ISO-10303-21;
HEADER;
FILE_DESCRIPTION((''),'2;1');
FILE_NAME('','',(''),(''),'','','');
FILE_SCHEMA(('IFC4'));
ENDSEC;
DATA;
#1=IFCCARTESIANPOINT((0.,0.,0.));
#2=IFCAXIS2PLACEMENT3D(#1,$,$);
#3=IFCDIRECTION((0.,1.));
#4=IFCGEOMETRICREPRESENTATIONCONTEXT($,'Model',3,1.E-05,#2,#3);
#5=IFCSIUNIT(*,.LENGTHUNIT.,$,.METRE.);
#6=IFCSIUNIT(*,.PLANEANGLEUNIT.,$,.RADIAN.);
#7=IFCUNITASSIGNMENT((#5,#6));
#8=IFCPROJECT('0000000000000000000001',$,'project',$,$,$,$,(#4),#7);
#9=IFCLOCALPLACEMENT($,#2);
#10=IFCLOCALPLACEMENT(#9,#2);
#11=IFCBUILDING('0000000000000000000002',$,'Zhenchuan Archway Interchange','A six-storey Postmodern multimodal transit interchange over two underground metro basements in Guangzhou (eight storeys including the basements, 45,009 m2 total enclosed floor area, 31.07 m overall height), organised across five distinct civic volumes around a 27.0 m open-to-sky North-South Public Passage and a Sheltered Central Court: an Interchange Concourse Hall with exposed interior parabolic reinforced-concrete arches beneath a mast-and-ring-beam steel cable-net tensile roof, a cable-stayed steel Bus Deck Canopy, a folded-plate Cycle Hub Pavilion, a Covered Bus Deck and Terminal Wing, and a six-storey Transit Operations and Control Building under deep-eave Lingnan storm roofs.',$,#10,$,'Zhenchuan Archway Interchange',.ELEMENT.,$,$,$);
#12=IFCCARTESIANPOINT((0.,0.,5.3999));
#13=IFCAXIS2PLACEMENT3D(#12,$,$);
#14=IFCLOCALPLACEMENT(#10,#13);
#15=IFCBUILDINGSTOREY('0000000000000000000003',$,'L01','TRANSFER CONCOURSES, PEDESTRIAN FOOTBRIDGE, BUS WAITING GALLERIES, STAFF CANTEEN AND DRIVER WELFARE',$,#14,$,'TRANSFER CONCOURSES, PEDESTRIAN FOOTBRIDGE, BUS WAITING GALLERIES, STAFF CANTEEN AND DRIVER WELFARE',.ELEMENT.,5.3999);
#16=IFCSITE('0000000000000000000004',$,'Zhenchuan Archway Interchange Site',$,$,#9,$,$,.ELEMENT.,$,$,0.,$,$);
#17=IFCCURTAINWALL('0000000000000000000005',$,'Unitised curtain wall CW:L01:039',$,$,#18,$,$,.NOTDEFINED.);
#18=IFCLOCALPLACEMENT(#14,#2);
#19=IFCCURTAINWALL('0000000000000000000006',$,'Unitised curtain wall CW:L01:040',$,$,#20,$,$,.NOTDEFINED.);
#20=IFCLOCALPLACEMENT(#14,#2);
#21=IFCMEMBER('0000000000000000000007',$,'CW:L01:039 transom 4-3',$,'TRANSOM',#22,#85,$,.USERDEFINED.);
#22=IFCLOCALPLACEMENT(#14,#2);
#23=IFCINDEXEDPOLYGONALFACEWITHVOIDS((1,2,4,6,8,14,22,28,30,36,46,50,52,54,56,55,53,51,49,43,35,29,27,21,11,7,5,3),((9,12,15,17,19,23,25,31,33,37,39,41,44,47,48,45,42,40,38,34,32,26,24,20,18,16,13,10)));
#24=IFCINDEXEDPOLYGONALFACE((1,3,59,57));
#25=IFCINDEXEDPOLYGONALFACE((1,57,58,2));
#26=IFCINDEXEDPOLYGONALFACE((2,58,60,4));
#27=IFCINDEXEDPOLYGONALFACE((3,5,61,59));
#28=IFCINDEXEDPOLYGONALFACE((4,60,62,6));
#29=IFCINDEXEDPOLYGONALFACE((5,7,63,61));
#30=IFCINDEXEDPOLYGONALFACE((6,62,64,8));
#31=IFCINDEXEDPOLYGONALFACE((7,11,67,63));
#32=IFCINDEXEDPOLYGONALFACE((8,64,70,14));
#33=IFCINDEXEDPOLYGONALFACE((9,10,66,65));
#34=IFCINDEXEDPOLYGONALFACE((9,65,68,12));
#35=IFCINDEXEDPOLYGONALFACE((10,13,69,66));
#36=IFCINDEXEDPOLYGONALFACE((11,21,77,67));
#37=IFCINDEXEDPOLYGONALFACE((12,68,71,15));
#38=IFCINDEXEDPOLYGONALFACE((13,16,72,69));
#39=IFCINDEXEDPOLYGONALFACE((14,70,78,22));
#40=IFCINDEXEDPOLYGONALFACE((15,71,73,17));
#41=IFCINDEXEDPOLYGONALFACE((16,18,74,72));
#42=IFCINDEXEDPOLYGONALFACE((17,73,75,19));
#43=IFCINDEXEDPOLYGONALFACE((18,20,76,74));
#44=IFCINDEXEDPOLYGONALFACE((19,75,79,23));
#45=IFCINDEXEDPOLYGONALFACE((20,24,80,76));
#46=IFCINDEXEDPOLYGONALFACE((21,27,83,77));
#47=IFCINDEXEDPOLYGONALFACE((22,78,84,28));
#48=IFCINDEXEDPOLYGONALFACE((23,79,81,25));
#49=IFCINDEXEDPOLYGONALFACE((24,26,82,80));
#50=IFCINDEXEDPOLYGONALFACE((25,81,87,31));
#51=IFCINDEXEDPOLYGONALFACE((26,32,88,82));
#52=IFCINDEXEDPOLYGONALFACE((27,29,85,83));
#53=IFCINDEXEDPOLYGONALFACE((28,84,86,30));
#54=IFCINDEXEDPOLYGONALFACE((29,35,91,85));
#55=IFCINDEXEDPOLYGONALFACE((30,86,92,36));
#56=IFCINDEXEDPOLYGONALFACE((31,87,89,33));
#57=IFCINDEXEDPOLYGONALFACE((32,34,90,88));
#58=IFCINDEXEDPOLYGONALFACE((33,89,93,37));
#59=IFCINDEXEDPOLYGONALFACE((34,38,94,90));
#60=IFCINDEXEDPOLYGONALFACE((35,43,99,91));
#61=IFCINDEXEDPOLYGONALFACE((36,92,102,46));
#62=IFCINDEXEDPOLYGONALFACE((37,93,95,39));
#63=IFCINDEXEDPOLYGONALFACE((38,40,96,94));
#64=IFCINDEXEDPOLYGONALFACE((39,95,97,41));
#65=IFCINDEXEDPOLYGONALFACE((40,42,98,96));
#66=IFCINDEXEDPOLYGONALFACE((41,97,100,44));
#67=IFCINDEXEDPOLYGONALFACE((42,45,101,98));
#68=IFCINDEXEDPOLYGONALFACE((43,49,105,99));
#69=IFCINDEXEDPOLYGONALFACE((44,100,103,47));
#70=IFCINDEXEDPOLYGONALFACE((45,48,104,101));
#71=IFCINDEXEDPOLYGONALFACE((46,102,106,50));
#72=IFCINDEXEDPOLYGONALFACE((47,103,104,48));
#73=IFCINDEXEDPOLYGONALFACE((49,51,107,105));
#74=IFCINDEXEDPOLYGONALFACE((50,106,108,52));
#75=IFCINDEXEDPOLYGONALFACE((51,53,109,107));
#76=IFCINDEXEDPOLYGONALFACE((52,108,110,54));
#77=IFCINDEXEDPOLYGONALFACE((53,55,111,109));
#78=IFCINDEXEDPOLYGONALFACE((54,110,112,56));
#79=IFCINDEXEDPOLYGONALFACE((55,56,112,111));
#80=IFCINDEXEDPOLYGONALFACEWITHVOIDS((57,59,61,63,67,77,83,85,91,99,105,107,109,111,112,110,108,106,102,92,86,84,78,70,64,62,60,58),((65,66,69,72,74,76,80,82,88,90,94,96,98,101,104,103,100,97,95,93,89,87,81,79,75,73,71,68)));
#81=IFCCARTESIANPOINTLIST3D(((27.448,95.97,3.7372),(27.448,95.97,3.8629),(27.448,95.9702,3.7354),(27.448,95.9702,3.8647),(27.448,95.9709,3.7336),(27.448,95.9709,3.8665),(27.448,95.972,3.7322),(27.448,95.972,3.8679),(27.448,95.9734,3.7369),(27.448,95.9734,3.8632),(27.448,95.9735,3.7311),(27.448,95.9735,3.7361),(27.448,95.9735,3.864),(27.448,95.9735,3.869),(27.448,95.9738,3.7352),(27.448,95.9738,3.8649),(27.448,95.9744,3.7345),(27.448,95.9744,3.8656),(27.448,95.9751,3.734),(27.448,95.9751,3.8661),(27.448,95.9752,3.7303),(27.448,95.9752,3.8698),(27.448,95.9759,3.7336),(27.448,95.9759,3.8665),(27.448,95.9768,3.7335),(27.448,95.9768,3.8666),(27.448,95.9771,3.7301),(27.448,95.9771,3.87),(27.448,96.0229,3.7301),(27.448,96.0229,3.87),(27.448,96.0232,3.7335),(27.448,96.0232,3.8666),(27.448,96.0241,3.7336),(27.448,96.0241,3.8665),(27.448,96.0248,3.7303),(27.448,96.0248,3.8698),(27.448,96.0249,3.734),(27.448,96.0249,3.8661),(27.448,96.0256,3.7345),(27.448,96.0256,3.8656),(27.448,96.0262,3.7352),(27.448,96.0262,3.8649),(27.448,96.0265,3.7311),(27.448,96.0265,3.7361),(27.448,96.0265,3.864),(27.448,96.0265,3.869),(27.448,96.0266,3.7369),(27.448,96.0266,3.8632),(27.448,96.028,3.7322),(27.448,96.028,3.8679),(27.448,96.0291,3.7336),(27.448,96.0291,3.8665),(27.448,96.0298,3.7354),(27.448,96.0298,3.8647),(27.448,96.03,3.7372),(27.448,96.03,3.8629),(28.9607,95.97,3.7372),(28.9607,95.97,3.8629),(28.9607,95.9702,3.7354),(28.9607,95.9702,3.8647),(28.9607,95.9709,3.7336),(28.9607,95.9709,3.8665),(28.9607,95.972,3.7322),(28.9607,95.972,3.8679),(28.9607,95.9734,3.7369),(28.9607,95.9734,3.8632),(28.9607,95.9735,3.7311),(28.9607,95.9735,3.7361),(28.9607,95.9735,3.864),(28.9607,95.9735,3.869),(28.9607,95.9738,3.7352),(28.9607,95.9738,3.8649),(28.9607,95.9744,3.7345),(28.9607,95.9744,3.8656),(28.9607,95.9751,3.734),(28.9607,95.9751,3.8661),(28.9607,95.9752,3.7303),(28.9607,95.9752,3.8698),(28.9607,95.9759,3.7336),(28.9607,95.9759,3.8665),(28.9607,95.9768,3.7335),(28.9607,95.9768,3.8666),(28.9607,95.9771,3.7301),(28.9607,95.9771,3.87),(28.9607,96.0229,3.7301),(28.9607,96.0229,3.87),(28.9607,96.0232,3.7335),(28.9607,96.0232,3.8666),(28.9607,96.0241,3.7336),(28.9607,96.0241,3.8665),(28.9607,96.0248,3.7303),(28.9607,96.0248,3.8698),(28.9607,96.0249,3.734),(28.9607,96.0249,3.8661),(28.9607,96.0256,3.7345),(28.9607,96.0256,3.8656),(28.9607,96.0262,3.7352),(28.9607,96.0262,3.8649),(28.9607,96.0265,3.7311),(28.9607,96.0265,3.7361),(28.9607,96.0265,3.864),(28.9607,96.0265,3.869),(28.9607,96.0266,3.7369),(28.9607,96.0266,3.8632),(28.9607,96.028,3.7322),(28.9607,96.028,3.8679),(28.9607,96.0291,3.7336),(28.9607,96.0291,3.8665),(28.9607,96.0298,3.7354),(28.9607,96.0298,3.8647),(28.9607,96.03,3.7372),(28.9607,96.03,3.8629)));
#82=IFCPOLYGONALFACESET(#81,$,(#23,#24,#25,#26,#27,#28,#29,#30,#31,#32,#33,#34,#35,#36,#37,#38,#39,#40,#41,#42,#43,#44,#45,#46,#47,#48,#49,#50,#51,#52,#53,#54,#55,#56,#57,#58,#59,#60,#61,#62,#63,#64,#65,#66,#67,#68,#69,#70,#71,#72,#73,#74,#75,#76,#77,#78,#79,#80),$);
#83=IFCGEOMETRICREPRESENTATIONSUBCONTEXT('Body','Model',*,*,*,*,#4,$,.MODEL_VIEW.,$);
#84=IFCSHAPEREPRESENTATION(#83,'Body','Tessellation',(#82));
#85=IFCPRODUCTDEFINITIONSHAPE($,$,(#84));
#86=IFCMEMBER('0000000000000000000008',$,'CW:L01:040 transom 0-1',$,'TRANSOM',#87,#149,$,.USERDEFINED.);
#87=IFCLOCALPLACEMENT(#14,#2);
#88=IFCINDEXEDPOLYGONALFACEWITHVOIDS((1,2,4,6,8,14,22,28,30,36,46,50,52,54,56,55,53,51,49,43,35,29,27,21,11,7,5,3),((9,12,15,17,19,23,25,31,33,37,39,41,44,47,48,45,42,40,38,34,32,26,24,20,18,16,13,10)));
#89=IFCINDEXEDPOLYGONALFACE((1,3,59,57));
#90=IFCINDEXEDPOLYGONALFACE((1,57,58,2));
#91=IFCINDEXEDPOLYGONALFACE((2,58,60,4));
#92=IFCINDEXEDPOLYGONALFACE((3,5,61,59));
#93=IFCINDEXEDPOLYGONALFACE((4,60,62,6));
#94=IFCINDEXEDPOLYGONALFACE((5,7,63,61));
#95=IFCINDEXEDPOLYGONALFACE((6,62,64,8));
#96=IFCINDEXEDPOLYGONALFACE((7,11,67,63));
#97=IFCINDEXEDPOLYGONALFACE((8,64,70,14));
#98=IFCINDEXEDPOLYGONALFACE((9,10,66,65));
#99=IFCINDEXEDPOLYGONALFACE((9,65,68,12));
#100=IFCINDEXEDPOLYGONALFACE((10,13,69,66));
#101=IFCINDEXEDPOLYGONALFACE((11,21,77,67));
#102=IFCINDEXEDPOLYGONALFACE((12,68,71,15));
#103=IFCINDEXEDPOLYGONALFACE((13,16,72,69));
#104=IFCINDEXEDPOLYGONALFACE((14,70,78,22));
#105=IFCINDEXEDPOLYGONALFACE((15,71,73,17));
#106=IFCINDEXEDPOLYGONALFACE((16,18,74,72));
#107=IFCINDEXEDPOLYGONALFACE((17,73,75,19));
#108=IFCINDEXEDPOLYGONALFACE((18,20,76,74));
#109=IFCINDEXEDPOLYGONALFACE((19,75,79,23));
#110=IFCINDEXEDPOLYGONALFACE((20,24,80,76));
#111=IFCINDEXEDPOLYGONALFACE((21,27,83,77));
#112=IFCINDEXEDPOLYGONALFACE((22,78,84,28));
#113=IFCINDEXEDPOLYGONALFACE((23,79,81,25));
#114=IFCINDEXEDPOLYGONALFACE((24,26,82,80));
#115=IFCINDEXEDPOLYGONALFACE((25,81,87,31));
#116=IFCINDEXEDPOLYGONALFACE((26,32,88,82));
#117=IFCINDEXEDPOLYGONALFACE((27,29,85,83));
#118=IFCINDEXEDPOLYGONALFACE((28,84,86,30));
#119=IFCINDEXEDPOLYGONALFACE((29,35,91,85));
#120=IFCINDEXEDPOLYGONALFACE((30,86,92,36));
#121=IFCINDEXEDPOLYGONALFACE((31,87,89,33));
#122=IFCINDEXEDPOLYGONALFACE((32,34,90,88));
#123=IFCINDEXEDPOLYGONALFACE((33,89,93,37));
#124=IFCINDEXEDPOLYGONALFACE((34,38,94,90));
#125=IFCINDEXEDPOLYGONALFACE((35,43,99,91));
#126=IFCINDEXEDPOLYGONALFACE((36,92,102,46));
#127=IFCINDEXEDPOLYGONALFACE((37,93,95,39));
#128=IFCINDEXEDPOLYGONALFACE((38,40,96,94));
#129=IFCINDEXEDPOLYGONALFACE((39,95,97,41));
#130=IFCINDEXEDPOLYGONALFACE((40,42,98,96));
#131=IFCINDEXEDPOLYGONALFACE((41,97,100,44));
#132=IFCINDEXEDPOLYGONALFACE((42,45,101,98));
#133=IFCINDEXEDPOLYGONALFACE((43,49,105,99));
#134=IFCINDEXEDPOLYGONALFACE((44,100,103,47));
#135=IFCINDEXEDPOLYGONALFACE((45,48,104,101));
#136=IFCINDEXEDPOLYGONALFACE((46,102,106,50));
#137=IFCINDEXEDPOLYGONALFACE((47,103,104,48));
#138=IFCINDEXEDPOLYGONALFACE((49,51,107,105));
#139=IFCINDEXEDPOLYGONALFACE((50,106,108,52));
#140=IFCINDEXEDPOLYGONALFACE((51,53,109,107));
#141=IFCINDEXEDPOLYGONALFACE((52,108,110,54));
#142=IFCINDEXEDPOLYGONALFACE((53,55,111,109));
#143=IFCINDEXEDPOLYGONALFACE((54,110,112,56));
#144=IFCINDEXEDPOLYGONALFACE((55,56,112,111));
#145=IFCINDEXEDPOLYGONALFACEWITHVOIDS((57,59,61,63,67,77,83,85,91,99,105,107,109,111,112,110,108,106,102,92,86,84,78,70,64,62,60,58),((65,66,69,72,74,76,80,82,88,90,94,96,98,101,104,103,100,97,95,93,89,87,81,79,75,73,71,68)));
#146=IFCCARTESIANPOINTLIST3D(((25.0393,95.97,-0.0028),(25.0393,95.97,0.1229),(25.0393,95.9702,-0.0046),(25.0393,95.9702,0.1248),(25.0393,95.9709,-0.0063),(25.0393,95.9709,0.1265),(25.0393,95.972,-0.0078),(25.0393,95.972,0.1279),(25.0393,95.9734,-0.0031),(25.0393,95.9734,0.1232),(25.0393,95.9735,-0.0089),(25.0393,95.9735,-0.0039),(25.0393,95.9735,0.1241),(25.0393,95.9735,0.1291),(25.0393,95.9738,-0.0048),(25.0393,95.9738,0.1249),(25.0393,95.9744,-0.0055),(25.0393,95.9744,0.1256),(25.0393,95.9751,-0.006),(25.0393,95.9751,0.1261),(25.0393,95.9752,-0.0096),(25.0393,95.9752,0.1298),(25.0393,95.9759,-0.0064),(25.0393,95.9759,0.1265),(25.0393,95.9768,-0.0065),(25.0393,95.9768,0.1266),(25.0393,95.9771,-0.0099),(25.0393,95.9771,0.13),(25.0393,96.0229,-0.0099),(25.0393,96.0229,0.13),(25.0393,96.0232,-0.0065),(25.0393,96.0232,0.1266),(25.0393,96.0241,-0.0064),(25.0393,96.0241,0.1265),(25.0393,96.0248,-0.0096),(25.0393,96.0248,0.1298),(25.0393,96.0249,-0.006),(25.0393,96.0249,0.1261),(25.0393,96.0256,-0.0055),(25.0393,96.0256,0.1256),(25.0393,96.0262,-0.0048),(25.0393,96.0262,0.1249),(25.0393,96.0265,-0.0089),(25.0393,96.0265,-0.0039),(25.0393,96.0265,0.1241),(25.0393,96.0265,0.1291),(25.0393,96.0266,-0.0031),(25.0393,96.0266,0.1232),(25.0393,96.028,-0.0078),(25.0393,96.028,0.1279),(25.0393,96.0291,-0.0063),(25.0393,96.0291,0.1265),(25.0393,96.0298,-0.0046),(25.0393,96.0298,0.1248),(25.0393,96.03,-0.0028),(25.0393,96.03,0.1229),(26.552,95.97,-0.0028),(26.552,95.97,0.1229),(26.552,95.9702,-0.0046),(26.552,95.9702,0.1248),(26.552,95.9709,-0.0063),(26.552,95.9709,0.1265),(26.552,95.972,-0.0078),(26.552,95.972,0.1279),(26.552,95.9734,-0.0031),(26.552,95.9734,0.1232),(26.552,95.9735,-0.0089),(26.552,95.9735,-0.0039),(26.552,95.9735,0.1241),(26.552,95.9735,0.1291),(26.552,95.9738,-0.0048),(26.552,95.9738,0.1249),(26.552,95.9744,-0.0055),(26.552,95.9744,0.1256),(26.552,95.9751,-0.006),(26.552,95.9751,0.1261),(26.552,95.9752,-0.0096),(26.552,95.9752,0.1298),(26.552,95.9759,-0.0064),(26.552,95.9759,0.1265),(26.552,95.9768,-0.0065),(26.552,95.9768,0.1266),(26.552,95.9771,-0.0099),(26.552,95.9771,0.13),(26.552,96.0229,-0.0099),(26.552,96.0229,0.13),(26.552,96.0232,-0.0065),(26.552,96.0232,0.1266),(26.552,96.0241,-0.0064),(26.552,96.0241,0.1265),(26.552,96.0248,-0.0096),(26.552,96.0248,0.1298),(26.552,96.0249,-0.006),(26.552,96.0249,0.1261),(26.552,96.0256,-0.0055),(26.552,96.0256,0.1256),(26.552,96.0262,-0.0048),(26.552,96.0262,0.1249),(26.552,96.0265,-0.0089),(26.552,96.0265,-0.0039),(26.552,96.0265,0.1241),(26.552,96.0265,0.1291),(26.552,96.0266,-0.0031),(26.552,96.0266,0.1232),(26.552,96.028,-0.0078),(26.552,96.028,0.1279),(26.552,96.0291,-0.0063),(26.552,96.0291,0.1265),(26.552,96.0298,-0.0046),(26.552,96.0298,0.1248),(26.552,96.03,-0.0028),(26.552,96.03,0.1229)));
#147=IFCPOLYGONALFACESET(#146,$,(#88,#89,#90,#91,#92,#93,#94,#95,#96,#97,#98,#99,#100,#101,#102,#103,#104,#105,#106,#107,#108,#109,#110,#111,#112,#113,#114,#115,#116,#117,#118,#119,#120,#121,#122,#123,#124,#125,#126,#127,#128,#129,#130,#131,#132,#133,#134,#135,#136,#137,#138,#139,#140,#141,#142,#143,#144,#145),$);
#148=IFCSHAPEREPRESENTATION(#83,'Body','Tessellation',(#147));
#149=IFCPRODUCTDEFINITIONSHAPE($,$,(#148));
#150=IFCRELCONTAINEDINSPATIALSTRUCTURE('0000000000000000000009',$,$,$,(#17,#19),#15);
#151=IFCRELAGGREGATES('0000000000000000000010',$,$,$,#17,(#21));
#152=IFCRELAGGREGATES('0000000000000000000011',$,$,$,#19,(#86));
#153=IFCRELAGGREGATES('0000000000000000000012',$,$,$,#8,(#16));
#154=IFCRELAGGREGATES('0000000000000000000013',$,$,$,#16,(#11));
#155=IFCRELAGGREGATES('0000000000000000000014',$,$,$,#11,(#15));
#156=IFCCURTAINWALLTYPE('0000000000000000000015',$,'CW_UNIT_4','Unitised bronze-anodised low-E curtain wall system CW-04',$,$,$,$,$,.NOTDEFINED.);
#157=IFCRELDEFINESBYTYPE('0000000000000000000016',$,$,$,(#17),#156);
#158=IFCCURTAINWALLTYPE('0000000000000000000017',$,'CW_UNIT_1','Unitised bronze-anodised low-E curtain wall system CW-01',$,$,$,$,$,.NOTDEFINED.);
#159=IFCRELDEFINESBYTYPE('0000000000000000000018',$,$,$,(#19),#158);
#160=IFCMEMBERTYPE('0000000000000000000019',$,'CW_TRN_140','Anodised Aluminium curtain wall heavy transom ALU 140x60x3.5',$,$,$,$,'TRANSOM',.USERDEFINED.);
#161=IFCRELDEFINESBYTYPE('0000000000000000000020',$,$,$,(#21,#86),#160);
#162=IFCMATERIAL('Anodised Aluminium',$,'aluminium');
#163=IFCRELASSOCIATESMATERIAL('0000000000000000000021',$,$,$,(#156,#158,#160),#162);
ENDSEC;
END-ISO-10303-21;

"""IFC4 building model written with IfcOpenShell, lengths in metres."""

from ifc_helpers import new_model, si_unit, direction, frame, origin, origin_2d, place, context, subcontext, project, spatial, hollow_rectangle, extrude, material, material_profile, profile_set, type_object, element, aggregate, save


model = new_model("IFC4")

# Units and contexts
model_context = context("Model", 3, precision=1e-05, world=origin(), true_north=direction((0.0, 1.0)))
body_context = subcontext(model_context, "Body", "Model", "MODEL_VIEW")
ifc_project = project(units=[si_unit("LENGTHUNIT", "METRE"), si_unit("PLANEANGLEUNIT", "RADIAN")], contexts=[model_context])

# Site, building, storey
site_placement = place(None, origin())
site = spatial("IfcSite", under=ifc_project, at=site_placement, Name="Zhenchuan Archway Interchange Site", CompositionType="ELEMENT", RefElevation=0.0)
building_placement = place(site_placement, origin())
building = spatial("IfcBuilding", under=site, at=building_placement, Name="Zhenchuan Archway Interchange", Description="A six-storey Postmodern multimodal transit interchange over two underground metro basements in Guangzhou (eight storeys including the basements, 45,009 m2 total enclosed floor area, 31.07 m overall height), organised across five distinct civic volumes around a 27.0 m open-to-sky North-South Public Passage and a Sheltered Central Court: an Interchange Concourse Hall with exposed interior parabolic reinforced-concrete arches beneath a mast-and-ring-beam steel cable-net tensile roof, a cable-stayed steel Bus Deck Canopy, a folded-plate Cycle Hub Pavilion, a Covered Bus Deck and Terminal Wing, and a six-storey Transit Operations and Control Building under deep-eave Lingnan storm roofs.", LongName="Zhenchuan Archway Interchange", CompositionType="ELEMENT")
storey_placement = place(building_placement, frame((0.0, 0.0, 5.3999)))
storey = spatial("IfcBuildingStorey", under=building, at=storey_placement, Name="L01", Description="TRANSFER CONCOURSES, PEDESTRIAN FOOTBRIDGE, BUS WAITING GALLERIES, STAFF CANTEEN AND DRIVER WELFARE", LongName="TRANSFER CONCOURSES, PEDESTRIAN FOOTBRIDGE, BUS WAITING GALLERIES, STAFF CANTEEN AND DRIVER WELFARE", CompositionType="ELEMENT", Elevation=5.3999)

# Curtain walls
ifc_material_1 = material(Name="Anodised Aluminium", Category="aluminium")
curtain_wall_type_1 = type_object("IfcCurtainWallType", Name="CW_UNIT_4", Description="Unitised bronze-anodised low-E curtain wall system CW-04", PredefinedType="NOTDEFINED", material=ifc_material_1)
curtain_wall_1_placement = place(storey_placement, origin())
curtain_wall_1 = element("IfcCurtainWall", 1, at=curtain_wall_1_placement, inside=storey, type_object=curtain_wall_type_1, Name="Unitised curtain wall CW:L01:039", PredefinedType="NOTDEFINED")
curtain_wall_type_2 = type_object("IfcCurtainWallType", Name="CW_UNIT_1", Description="Unitised bronze-anodised low-E curtain wall system CW-01", PredefinedType="NOTDEFINED", material=ifc_material_1)
curtain_wall_2_placement = place(storey_placement, origin())
curtain_wall_2 = element("IfcCurtainWall", 2, at=curtain_wall_2_placement, inside=storey, type_object=curtain_wall_type_2, Name="Unitised curtain wall CW:L01:040", PredefinedType="NOTDEFINED")

# Members
ifc_material_profile_1 = material_profile(ifc_material_1, hollow_rectangle(XDim=0.0601, YDim=0.1399, WallThickness=0.0034, InnerFilletRadius=0.0034, OuterFilletRadius=0.0071, at=origin_2d()), Name="ALU 140x60x3.5")
ifc_profile_set_1 = profile_set([ifc_material_profile_1], Name="Anodised Aluminium")
member_type_1 = type_object("IfcMemberType", Name="CW_TRN_140", Description="Anodised Aluminium curtain wall heavy transom ALU 140x60x3.5", ElementType="TRANSOM", PredefinedType="USERDEFINED", material=ifc_profile_set_1)
member_1_placement = place(storey_placement, frame((28.9607, 96.0, 3.8), z_axis=(-1.0, 0.0, 0.0), x_axis=(0.0, -1.0, 0.0)))
member_1 = element("IfcMember", 3, at=member_1_placement, type_object=member_type_1, Name="CW:L01:039 transom 4-3", ObjectType="TRANSOM", PredefinedType="USERDEFINED", context=body_context, shape_type="SweptSolid", body=[
    extrude(hollow_rectangle(XDim=0.0601, YDim=0.1399, WallThickness=0.0034, InnerFilletRadius=0.0034, OuterFilletRadius=0.0071, at=origin_2d()), origin(), (0.0, 0.0, 1.0), 1.5127),
])
member_2_placement = place(storey_placement, frame((26.552, 96.0, 0.0601), z_axis=(-1.0, 0.0, 0.0), x_axis=(0.0, -1.0, 0.0)))
member_2 = element("IfcMember", 4, at=member_2_placement, type_object=member_type_1, Name="CW:L01:040 transom 0-1", ObjectType="TRANSOM", PredefinedType="USERDEFINED", context=body_context, shape_type="SweptSolid", body=[
    extrude(hollow_rectangle(XDim=0.0601, YDim=0.1399, WallThickness=0.0034, InnerFilletRadius=0.0034, OuterFilletRadius=0.0071, at=origin_2d()), origin(), (0.0, 0.0, 1.0), 1.5127),
])

aggregate(curtain_wall_1, [member_1])
aggregate(curtain_wall_2, [member_2])

save(model, "model.ifc")
